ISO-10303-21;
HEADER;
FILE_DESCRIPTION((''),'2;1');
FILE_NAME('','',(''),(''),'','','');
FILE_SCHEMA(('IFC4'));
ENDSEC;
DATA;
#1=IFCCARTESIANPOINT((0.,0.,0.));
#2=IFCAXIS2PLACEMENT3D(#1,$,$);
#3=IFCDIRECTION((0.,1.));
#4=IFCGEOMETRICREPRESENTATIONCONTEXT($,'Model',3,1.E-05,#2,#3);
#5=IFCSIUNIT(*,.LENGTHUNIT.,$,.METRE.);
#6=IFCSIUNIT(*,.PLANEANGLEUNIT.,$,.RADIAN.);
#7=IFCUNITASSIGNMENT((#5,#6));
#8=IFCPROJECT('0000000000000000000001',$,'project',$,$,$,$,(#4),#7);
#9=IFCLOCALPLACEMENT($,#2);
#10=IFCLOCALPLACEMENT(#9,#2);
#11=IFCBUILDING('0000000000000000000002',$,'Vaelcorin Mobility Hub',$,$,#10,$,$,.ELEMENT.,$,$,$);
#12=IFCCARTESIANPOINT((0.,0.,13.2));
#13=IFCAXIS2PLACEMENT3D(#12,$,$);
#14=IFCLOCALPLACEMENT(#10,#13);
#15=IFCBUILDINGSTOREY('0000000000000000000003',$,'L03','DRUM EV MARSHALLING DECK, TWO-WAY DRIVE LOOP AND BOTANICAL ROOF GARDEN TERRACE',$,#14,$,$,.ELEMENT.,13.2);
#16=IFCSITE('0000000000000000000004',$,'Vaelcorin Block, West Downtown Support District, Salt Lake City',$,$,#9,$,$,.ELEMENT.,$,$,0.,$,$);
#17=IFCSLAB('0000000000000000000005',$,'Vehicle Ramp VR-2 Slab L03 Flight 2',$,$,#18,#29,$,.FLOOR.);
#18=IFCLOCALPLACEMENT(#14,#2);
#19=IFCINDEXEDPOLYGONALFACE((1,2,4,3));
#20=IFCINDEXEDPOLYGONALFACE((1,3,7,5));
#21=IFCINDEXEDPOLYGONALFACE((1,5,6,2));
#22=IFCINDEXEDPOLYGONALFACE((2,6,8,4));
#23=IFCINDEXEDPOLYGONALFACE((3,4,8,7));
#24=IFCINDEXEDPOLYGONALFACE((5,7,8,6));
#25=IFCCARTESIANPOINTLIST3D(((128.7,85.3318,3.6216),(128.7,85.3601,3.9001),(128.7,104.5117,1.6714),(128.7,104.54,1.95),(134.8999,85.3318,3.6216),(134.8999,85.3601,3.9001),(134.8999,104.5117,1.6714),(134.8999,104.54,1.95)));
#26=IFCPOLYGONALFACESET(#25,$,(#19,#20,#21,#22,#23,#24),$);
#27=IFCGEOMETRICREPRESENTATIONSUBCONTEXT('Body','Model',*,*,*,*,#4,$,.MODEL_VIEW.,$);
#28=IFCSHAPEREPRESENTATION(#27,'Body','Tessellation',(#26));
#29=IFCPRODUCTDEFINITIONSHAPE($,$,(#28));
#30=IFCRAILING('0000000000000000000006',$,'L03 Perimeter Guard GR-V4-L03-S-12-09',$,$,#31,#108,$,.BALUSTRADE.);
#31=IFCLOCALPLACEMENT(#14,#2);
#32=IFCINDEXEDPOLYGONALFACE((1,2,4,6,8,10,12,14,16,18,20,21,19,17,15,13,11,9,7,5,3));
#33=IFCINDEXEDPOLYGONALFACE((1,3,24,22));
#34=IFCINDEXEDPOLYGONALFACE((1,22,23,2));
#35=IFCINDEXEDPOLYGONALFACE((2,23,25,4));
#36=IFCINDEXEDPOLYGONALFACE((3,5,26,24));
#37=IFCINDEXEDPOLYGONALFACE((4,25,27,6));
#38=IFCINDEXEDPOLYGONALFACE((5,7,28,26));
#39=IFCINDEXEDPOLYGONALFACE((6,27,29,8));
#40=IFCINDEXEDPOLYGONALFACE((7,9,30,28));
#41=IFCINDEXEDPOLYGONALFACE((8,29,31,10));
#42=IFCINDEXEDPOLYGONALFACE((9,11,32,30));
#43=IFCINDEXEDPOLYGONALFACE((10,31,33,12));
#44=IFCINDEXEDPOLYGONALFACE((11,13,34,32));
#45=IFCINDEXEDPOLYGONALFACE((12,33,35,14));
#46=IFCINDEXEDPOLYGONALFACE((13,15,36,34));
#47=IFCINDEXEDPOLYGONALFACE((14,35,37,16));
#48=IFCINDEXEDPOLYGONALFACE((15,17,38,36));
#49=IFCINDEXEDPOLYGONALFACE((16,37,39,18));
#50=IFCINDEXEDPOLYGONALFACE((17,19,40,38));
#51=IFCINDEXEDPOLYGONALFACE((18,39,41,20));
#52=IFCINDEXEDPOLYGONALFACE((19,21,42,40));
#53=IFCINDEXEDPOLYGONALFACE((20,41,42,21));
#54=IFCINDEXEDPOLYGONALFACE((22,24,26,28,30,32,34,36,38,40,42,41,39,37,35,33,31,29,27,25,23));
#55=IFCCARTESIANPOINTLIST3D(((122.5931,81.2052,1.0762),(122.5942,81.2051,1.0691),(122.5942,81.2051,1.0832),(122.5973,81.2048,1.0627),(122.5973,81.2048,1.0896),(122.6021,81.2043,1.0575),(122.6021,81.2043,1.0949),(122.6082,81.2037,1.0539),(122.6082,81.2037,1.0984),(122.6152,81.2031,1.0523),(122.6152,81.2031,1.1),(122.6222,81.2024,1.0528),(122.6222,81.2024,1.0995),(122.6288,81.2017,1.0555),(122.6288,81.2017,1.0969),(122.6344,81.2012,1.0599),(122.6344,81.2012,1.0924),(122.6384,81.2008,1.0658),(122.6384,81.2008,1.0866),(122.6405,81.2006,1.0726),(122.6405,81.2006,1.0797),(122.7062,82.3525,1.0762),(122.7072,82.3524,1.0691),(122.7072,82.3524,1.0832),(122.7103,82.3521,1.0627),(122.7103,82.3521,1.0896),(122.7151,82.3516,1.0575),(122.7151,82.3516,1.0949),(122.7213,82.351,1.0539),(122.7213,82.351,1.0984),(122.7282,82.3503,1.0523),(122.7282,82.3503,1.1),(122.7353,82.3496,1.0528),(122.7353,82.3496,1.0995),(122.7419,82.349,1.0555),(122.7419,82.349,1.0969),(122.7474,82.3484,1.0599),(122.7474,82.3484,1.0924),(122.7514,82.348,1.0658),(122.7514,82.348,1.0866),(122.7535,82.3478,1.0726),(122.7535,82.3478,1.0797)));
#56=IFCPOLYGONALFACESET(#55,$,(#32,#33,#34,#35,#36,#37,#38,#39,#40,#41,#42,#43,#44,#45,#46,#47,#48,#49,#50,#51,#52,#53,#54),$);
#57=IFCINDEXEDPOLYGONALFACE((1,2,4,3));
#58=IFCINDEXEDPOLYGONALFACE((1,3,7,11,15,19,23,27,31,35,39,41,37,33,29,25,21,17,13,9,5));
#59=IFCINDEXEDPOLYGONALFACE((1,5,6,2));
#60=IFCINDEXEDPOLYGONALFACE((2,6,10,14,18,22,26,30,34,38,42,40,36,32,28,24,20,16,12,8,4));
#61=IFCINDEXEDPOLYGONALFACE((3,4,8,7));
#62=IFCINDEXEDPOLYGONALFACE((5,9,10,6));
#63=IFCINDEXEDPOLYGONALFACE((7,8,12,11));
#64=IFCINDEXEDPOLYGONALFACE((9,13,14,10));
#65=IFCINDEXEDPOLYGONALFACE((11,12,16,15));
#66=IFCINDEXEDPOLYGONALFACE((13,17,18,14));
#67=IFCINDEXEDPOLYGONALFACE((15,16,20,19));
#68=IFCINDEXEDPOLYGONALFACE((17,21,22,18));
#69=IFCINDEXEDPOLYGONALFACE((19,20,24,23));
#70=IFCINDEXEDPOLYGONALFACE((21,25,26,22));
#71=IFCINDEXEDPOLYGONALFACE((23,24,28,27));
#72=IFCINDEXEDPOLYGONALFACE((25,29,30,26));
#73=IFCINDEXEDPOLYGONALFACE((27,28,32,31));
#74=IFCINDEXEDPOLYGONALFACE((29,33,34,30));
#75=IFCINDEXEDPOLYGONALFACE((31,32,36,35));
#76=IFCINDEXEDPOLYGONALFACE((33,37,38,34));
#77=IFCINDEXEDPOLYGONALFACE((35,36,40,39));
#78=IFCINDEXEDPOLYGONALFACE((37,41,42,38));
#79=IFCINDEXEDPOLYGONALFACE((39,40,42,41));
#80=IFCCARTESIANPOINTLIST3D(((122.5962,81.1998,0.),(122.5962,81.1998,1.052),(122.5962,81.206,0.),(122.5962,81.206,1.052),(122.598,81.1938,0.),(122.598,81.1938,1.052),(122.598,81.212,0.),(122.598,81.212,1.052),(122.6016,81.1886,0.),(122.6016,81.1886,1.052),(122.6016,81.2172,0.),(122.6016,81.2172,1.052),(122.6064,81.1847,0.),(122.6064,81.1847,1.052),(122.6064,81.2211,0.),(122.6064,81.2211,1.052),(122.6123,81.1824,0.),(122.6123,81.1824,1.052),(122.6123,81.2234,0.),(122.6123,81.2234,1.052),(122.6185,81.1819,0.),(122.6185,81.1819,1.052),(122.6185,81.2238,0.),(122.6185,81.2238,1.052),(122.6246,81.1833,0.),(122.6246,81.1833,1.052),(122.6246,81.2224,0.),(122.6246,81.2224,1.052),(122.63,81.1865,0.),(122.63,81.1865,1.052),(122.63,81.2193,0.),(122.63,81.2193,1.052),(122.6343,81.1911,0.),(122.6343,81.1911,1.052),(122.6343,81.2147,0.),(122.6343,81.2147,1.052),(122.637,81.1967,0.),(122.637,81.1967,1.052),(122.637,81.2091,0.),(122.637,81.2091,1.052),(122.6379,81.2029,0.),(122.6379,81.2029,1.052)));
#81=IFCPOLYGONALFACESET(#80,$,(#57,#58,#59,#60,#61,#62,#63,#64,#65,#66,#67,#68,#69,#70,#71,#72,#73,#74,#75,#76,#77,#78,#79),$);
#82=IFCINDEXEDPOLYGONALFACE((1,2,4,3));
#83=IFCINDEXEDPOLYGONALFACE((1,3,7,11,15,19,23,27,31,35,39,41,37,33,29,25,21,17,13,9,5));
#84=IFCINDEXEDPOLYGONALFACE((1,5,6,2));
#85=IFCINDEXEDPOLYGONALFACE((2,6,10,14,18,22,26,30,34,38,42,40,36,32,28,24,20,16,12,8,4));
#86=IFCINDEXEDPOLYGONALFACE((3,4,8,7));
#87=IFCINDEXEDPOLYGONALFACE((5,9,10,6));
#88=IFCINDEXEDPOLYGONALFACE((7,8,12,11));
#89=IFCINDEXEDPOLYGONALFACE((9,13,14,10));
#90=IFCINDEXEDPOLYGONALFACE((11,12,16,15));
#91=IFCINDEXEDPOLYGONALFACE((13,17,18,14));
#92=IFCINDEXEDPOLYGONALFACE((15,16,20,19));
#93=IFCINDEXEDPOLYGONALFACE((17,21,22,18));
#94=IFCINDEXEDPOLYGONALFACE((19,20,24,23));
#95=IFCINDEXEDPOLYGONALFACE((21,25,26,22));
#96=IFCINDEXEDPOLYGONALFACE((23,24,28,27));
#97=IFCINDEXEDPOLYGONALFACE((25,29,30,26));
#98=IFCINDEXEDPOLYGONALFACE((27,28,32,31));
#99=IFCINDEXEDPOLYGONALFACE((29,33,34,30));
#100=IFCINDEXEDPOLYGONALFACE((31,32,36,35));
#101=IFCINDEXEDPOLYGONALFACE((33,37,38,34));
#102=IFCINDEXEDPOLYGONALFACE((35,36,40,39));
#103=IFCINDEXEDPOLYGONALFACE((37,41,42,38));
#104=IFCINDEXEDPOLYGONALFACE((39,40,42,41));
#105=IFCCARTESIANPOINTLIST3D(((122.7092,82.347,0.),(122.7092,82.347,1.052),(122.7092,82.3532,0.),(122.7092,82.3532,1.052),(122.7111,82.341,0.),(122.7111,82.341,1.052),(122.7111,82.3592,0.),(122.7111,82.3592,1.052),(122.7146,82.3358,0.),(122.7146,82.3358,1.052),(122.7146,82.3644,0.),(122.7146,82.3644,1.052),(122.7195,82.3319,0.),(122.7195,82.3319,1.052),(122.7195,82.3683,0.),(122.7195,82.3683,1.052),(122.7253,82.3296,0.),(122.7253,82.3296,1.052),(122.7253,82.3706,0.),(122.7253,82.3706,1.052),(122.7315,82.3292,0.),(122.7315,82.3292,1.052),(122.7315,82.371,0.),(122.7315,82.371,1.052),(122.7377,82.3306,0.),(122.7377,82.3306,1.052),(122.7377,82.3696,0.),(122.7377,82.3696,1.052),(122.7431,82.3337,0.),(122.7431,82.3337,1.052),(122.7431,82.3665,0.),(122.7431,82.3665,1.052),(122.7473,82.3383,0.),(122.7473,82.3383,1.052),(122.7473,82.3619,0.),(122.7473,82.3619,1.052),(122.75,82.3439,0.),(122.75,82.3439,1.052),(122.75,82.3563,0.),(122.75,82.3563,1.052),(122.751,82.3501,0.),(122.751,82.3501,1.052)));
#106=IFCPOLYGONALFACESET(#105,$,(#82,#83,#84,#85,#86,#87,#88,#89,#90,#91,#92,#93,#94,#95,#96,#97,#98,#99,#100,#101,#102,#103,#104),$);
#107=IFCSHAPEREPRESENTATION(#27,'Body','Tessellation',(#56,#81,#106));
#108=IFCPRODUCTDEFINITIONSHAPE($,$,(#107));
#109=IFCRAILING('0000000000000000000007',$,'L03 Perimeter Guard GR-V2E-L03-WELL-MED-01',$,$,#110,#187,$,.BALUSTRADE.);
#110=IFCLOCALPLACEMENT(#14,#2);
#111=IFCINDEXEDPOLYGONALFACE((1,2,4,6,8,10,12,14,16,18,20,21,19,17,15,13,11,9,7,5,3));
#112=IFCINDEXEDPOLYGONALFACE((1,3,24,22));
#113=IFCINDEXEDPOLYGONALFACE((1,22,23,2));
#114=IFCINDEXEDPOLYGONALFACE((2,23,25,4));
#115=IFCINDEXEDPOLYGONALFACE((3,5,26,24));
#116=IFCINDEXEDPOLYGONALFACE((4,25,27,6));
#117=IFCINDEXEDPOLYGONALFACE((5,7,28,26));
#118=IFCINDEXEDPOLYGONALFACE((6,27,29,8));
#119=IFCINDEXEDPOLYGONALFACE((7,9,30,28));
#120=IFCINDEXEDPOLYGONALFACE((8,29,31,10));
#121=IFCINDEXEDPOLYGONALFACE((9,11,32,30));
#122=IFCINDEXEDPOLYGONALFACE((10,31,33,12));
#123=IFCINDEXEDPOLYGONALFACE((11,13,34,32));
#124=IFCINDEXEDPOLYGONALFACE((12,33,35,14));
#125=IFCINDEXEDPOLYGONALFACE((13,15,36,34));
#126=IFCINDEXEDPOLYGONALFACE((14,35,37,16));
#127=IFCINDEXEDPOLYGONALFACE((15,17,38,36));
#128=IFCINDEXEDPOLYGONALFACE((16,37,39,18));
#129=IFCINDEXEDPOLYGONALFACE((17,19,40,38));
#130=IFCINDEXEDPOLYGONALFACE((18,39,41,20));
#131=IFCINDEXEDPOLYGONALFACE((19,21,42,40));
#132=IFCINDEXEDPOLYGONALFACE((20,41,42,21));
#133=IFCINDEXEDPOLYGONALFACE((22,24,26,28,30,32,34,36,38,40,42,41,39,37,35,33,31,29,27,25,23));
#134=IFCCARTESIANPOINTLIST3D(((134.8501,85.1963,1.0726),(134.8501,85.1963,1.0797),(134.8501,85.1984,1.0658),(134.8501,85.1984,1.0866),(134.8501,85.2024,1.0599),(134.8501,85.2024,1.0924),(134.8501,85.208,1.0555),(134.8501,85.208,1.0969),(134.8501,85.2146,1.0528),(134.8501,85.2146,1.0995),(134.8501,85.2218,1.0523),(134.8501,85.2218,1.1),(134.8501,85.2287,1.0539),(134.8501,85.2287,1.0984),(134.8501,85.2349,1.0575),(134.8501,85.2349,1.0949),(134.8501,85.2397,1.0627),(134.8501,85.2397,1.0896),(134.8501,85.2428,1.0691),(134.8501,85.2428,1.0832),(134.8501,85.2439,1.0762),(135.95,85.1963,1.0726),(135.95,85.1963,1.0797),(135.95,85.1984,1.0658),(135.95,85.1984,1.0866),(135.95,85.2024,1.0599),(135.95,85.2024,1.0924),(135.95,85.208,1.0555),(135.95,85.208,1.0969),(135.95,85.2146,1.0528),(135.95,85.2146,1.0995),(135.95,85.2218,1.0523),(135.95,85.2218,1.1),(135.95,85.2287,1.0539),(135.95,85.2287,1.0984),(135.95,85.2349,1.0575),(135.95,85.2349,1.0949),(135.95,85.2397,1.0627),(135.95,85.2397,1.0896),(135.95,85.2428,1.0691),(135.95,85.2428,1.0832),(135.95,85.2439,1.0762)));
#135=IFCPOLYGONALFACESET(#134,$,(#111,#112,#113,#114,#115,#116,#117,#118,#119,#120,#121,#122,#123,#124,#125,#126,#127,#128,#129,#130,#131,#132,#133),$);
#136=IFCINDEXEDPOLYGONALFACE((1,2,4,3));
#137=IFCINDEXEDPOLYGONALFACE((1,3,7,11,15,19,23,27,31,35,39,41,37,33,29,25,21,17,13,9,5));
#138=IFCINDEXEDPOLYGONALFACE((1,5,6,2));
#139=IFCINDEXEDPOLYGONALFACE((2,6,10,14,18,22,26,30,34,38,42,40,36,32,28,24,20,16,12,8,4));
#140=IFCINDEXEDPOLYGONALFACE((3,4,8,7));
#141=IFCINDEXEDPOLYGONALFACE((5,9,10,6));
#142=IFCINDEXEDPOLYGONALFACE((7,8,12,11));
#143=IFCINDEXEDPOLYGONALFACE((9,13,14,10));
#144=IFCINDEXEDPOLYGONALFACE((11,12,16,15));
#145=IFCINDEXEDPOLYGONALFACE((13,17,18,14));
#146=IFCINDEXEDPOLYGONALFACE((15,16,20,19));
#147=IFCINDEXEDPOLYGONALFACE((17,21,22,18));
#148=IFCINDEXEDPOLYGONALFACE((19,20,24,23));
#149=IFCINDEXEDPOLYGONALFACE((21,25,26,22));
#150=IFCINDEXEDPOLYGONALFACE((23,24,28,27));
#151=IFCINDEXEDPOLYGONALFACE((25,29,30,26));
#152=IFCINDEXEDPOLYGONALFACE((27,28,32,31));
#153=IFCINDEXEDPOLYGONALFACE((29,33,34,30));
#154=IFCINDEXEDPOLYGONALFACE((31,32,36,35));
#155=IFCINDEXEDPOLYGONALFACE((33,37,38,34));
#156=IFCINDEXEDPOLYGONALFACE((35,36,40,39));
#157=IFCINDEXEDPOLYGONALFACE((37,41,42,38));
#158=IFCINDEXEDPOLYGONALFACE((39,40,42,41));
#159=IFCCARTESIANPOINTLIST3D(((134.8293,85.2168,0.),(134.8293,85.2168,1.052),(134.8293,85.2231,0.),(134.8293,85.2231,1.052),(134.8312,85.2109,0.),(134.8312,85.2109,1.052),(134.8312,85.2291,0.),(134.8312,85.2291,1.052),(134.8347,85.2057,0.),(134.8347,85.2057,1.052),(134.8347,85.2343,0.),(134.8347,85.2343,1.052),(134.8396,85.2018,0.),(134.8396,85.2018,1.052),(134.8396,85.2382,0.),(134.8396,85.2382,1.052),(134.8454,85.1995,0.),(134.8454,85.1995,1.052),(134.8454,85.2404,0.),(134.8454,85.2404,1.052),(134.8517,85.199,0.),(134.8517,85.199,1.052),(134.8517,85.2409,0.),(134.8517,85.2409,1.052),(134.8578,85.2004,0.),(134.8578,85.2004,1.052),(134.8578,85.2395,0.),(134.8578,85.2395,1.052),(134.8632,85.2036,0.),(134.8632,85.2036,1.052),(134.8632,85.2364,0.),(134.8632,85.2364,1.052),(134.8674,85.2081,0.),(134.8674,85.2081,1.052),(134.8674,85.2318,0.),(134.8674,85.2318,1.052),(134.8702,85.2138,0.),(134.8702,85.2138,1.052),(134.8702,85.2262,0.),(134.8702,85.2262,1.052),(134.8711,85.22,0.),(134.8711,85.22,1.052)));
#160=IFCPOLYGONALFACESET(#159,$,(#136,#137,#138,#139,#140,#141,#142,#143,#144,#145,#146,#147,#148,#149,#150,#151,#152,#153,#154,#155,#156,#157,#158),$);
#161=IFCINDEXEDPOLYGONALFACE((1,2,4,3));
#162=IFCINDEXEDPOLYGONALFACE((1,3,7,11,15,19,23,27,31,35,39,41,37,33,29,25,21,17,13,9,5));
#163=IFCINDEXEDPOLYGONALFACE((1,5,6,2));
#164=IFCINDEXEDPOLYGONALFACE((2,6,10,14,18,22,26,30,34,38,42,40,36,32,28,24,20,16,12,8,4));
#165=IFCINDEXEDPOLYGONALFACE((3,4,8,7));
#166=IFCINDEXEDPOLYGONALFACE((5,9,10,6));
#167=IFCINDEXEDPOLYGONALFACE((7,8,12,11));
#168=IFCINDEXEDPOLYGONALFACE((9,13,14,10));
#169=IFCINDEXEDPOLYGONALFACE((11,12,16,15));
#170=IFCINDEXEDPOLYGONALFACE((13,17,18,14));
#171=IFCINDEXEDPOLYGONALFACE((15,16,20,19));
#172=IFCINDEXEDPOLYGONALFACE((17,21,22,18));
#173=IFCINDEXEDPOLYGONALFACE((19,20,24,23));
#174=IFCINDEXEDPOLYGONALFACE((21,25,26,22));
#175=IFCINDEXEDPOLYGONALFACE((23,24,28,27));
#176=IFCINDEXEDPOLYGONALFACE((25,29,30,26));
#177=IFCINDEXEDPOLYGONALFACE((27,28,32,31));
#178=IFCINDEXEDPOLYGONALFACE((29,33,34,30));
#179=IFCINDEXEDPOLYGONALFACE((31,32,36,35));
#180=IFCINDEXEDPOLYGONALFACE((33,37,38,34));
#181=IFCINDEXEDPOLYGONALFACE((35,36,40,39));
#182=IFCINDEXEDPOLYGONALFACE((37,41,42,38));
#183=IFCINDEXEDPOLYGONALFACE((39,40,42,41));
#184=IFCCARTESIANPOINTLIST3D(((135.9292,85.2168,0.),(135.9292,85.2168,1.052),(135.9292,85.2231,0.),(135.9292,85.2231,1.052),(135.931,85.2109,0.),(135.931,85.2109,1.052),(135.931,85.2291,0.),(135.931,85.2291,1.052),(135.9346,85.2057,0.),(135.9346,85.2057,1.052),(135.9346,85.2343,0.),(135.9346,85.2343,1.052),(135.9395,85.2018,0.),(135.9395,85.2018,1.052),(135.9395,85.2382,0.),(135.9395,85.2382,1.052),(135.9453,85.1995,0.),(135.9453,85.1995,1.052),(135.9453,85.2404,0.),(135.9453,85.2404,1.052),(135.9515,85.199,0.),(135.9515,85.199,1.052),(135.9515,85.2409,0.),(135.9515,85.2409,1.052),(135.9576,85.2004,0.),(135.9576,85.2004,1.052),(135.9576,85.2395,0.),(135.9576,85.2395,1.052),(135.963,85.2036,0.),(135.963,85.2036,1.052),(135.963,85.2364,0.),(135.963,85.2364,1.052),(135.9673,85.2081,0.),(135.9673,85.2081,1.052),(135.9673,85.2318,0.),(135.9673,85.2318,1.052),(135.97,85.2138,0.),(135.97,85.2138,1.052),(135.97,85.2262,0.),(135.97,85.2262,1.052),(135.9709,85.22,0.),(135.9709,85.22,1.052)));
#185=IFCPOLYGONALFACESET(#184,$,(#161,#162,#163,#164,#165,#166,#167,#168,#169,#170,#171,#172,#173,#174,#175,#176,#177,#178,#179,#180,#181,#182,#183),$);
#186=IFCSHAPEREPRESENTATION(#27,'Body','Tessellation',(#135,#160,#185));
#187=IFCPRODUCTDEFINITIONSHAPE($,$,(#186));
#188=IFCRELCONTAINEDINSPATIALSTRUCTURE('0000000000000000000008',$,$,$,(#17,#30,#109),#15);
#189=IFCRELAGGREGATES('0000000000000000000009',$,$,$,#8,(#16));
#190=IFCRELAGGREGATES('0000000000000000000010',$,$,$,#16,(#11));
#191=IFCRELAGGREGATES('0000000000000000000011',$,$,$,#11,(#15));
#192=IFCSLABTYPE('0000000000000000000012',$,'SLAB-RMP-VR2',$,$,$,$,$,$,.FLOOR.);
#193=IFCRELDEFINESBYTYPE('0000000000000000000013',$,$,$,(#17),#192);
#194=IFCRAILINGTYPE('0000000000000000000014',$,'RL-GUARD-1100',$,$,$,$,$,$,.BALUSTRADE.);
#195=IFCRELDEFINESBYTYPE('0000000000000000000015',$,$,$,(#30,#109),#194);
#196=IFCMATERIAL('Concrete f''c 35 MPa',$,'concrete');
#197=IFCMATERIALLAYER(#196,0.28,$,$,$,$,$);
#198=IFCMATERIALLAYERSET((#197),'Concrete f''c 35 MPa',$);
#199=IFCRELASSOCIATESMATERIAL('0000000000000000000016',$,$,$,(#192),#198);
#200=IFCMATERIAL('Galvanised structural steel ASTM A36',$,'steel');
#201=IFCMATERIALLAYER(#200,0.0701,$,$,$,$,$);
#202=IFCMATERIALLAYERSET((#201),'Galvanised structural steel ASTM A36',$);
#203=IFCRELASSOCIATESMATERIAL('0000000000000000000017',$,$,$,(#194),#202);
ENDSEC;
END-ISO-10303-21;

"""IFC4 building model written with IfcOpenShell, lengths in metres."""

from ifc_helpers import new_model, si_unit, direction, frame, origin, origin_2d, place, context, subcontext, project, spatial, polyline, circle, outline, extrude, material, layer, layer_set, type_object, element, save


model = new_model("IFC4")

# Units and contexts
model_context = context("Model", 3, precision=1e-05, world=origin(), true_north=direction((0.0, 1.0)))
body_context = subcontext(model_context, "Body", "Model", "MODEL_VIEW")
ifc_project = project(units=[si_unit("LENGTHUNIT", "METRE"), si_unit("PLANEANGLEUNIT", "RADIAN")], contexts=[model_context])

# Site, building, storey
site_placement = place(None, origin())
site = spatial("IfcSite", under=ifc_project, at=site_placement, Name="Vaelcorin Block, West Downtown Support District, Salt Lake City", CompositionType="ELEMENT", RefElevation=0.0)
building_placement = place(site_placement, origin())
building = spatial("IfcBuilding", under=site, at=building_placement, Name="Vaelcorin Mobility Hub", CompositionType="ELEMENT")
storey_placement = place(building_placement, frame((0.0, 0.0, 13.2)))
storey = spatial("IfcBuildingStorey", under=building, at=storey_placement, Name="L03", Description="DRUM EV MARSHALLING DECK, TWO-WAY DRIVE LOOP AND BOTANICAL ROOF GARDEN TERRACE", CompositionType="ELEMENT", Elevation=13.2)

# Slab
ifc_material_1 = material(Name="Concrete f'c 35 MPa", Category="concrete")
ifc_layer_1 = layer(ifc_material_1, 0.28)
ifc_layer_set_1 = layer_set([ifc_layer_1], Name="Concrete f'c 35 MPa")
slab_type = type_object("IfcSlabType", Name="SLAB-RMP-VR2", PredefinedType="FLOOR", material=ifc_layer_set_1)
slab_1_placement = place(storey_placement, frame((128.7, 85.3601, 3.9001), z_axis=(0.0, 0.101157, 0.99487), x_axis=(1.0, 0.0, 0.0)))
element("IfcSlab", 1, at=slab_1_placement, inside=storey, type_object=slab_type, Name="Vehicle Ramp VR-2 Slab L03 Flight 2", PredefinedType="FLOOR", context=body_context, shape_type="SweptSolid", body=[
    extrude(outline(polyline([(0.0, 0.0), (6.2, 0.0), (6.2, 19.2788), (0.0, 19.2788), (0.0, 0.0)])), origin(), (0.0, 0.0, -1.0), 0.28),
])

# Railings
ifc_material_2 = material(Name="Galvanised structural steel ASTM A36", Category="steel")
ifc_layer_2 = layer(ifc_material_2, 0.0701)
ifc_layer_set_2 = layer_set([ifc_layer_2], Name="Galvanised structural steel ASTM A36")
railing_type = type_object("IfcRailingType", Name="RL-GUARD-1100", PredefinedType="BALUSTRADE", material=ifc_layer_set_2)
railing_1_placement = place(storey_placement, frame((122.6169, 81.2029, 0.0)))
element("IfcRailing", 2, at=railing_1_placement, inside=storey, type_object=railing_type, Name="L03 Perimeter Guard GR-V4-L03-S-12-09", PredefinedType="BALUSTRADE", context=body_context, shape_type="SweptSolid", body=[
    extrude(circle(Radius=0.0239, at=origin_2d()), frame((0.0, 0.0, 1.0762), z_axis=(0.098057, 0.995181, 0.0), x_axis=(-0.995181, 0.098057, 0.0)), (0.0, 0.0, 1.0), 1.1528),
    extrude(circle(Radius=0.021, at=origin_2d()), origin(), (0.0, 0.0, 1.0), 1.052),
    extrude(circle(Radius=0.021, at=origin_2d()), frame((0.113, 1.1472, 0.0)), (0.0, 0.0, 1.0), 1.052),
])
railing_2_placement = place(storey_placement, frame((134.8501, 85.22, 0.0)))
element("IfcRailing", 3, at=railing_2_placement, inside=storey, type_object=railing_type, Name="L03 Perimeter Guard GR-V2E-L03-WELL-MED-01", PredefinedType="BALUSTRADE", context=body_context, shape_type="SweptSolid", body=[
    extrude(circle(Radius=0.0239, at=origin_2d()), frame((0.0, 0.0, 1.0762), z_axis=(1.0, 0.0, 0.0), x_axis=(0.0, 1.0, 0.0)), (0.0, 0.0, 1.0), 1.0999),
    extrude(circle(Radius=0.021, at=origin_2d()), origin(), (0.0, 0.0, 1.0), 1.052),
    extrude(circle(Radius=0.021, at=origin_2d()), frame((1.0999, 0.0, 0.0)), (0.0, 0.0, 1.0), 1.052),
])

save(model, "model.ifc")
